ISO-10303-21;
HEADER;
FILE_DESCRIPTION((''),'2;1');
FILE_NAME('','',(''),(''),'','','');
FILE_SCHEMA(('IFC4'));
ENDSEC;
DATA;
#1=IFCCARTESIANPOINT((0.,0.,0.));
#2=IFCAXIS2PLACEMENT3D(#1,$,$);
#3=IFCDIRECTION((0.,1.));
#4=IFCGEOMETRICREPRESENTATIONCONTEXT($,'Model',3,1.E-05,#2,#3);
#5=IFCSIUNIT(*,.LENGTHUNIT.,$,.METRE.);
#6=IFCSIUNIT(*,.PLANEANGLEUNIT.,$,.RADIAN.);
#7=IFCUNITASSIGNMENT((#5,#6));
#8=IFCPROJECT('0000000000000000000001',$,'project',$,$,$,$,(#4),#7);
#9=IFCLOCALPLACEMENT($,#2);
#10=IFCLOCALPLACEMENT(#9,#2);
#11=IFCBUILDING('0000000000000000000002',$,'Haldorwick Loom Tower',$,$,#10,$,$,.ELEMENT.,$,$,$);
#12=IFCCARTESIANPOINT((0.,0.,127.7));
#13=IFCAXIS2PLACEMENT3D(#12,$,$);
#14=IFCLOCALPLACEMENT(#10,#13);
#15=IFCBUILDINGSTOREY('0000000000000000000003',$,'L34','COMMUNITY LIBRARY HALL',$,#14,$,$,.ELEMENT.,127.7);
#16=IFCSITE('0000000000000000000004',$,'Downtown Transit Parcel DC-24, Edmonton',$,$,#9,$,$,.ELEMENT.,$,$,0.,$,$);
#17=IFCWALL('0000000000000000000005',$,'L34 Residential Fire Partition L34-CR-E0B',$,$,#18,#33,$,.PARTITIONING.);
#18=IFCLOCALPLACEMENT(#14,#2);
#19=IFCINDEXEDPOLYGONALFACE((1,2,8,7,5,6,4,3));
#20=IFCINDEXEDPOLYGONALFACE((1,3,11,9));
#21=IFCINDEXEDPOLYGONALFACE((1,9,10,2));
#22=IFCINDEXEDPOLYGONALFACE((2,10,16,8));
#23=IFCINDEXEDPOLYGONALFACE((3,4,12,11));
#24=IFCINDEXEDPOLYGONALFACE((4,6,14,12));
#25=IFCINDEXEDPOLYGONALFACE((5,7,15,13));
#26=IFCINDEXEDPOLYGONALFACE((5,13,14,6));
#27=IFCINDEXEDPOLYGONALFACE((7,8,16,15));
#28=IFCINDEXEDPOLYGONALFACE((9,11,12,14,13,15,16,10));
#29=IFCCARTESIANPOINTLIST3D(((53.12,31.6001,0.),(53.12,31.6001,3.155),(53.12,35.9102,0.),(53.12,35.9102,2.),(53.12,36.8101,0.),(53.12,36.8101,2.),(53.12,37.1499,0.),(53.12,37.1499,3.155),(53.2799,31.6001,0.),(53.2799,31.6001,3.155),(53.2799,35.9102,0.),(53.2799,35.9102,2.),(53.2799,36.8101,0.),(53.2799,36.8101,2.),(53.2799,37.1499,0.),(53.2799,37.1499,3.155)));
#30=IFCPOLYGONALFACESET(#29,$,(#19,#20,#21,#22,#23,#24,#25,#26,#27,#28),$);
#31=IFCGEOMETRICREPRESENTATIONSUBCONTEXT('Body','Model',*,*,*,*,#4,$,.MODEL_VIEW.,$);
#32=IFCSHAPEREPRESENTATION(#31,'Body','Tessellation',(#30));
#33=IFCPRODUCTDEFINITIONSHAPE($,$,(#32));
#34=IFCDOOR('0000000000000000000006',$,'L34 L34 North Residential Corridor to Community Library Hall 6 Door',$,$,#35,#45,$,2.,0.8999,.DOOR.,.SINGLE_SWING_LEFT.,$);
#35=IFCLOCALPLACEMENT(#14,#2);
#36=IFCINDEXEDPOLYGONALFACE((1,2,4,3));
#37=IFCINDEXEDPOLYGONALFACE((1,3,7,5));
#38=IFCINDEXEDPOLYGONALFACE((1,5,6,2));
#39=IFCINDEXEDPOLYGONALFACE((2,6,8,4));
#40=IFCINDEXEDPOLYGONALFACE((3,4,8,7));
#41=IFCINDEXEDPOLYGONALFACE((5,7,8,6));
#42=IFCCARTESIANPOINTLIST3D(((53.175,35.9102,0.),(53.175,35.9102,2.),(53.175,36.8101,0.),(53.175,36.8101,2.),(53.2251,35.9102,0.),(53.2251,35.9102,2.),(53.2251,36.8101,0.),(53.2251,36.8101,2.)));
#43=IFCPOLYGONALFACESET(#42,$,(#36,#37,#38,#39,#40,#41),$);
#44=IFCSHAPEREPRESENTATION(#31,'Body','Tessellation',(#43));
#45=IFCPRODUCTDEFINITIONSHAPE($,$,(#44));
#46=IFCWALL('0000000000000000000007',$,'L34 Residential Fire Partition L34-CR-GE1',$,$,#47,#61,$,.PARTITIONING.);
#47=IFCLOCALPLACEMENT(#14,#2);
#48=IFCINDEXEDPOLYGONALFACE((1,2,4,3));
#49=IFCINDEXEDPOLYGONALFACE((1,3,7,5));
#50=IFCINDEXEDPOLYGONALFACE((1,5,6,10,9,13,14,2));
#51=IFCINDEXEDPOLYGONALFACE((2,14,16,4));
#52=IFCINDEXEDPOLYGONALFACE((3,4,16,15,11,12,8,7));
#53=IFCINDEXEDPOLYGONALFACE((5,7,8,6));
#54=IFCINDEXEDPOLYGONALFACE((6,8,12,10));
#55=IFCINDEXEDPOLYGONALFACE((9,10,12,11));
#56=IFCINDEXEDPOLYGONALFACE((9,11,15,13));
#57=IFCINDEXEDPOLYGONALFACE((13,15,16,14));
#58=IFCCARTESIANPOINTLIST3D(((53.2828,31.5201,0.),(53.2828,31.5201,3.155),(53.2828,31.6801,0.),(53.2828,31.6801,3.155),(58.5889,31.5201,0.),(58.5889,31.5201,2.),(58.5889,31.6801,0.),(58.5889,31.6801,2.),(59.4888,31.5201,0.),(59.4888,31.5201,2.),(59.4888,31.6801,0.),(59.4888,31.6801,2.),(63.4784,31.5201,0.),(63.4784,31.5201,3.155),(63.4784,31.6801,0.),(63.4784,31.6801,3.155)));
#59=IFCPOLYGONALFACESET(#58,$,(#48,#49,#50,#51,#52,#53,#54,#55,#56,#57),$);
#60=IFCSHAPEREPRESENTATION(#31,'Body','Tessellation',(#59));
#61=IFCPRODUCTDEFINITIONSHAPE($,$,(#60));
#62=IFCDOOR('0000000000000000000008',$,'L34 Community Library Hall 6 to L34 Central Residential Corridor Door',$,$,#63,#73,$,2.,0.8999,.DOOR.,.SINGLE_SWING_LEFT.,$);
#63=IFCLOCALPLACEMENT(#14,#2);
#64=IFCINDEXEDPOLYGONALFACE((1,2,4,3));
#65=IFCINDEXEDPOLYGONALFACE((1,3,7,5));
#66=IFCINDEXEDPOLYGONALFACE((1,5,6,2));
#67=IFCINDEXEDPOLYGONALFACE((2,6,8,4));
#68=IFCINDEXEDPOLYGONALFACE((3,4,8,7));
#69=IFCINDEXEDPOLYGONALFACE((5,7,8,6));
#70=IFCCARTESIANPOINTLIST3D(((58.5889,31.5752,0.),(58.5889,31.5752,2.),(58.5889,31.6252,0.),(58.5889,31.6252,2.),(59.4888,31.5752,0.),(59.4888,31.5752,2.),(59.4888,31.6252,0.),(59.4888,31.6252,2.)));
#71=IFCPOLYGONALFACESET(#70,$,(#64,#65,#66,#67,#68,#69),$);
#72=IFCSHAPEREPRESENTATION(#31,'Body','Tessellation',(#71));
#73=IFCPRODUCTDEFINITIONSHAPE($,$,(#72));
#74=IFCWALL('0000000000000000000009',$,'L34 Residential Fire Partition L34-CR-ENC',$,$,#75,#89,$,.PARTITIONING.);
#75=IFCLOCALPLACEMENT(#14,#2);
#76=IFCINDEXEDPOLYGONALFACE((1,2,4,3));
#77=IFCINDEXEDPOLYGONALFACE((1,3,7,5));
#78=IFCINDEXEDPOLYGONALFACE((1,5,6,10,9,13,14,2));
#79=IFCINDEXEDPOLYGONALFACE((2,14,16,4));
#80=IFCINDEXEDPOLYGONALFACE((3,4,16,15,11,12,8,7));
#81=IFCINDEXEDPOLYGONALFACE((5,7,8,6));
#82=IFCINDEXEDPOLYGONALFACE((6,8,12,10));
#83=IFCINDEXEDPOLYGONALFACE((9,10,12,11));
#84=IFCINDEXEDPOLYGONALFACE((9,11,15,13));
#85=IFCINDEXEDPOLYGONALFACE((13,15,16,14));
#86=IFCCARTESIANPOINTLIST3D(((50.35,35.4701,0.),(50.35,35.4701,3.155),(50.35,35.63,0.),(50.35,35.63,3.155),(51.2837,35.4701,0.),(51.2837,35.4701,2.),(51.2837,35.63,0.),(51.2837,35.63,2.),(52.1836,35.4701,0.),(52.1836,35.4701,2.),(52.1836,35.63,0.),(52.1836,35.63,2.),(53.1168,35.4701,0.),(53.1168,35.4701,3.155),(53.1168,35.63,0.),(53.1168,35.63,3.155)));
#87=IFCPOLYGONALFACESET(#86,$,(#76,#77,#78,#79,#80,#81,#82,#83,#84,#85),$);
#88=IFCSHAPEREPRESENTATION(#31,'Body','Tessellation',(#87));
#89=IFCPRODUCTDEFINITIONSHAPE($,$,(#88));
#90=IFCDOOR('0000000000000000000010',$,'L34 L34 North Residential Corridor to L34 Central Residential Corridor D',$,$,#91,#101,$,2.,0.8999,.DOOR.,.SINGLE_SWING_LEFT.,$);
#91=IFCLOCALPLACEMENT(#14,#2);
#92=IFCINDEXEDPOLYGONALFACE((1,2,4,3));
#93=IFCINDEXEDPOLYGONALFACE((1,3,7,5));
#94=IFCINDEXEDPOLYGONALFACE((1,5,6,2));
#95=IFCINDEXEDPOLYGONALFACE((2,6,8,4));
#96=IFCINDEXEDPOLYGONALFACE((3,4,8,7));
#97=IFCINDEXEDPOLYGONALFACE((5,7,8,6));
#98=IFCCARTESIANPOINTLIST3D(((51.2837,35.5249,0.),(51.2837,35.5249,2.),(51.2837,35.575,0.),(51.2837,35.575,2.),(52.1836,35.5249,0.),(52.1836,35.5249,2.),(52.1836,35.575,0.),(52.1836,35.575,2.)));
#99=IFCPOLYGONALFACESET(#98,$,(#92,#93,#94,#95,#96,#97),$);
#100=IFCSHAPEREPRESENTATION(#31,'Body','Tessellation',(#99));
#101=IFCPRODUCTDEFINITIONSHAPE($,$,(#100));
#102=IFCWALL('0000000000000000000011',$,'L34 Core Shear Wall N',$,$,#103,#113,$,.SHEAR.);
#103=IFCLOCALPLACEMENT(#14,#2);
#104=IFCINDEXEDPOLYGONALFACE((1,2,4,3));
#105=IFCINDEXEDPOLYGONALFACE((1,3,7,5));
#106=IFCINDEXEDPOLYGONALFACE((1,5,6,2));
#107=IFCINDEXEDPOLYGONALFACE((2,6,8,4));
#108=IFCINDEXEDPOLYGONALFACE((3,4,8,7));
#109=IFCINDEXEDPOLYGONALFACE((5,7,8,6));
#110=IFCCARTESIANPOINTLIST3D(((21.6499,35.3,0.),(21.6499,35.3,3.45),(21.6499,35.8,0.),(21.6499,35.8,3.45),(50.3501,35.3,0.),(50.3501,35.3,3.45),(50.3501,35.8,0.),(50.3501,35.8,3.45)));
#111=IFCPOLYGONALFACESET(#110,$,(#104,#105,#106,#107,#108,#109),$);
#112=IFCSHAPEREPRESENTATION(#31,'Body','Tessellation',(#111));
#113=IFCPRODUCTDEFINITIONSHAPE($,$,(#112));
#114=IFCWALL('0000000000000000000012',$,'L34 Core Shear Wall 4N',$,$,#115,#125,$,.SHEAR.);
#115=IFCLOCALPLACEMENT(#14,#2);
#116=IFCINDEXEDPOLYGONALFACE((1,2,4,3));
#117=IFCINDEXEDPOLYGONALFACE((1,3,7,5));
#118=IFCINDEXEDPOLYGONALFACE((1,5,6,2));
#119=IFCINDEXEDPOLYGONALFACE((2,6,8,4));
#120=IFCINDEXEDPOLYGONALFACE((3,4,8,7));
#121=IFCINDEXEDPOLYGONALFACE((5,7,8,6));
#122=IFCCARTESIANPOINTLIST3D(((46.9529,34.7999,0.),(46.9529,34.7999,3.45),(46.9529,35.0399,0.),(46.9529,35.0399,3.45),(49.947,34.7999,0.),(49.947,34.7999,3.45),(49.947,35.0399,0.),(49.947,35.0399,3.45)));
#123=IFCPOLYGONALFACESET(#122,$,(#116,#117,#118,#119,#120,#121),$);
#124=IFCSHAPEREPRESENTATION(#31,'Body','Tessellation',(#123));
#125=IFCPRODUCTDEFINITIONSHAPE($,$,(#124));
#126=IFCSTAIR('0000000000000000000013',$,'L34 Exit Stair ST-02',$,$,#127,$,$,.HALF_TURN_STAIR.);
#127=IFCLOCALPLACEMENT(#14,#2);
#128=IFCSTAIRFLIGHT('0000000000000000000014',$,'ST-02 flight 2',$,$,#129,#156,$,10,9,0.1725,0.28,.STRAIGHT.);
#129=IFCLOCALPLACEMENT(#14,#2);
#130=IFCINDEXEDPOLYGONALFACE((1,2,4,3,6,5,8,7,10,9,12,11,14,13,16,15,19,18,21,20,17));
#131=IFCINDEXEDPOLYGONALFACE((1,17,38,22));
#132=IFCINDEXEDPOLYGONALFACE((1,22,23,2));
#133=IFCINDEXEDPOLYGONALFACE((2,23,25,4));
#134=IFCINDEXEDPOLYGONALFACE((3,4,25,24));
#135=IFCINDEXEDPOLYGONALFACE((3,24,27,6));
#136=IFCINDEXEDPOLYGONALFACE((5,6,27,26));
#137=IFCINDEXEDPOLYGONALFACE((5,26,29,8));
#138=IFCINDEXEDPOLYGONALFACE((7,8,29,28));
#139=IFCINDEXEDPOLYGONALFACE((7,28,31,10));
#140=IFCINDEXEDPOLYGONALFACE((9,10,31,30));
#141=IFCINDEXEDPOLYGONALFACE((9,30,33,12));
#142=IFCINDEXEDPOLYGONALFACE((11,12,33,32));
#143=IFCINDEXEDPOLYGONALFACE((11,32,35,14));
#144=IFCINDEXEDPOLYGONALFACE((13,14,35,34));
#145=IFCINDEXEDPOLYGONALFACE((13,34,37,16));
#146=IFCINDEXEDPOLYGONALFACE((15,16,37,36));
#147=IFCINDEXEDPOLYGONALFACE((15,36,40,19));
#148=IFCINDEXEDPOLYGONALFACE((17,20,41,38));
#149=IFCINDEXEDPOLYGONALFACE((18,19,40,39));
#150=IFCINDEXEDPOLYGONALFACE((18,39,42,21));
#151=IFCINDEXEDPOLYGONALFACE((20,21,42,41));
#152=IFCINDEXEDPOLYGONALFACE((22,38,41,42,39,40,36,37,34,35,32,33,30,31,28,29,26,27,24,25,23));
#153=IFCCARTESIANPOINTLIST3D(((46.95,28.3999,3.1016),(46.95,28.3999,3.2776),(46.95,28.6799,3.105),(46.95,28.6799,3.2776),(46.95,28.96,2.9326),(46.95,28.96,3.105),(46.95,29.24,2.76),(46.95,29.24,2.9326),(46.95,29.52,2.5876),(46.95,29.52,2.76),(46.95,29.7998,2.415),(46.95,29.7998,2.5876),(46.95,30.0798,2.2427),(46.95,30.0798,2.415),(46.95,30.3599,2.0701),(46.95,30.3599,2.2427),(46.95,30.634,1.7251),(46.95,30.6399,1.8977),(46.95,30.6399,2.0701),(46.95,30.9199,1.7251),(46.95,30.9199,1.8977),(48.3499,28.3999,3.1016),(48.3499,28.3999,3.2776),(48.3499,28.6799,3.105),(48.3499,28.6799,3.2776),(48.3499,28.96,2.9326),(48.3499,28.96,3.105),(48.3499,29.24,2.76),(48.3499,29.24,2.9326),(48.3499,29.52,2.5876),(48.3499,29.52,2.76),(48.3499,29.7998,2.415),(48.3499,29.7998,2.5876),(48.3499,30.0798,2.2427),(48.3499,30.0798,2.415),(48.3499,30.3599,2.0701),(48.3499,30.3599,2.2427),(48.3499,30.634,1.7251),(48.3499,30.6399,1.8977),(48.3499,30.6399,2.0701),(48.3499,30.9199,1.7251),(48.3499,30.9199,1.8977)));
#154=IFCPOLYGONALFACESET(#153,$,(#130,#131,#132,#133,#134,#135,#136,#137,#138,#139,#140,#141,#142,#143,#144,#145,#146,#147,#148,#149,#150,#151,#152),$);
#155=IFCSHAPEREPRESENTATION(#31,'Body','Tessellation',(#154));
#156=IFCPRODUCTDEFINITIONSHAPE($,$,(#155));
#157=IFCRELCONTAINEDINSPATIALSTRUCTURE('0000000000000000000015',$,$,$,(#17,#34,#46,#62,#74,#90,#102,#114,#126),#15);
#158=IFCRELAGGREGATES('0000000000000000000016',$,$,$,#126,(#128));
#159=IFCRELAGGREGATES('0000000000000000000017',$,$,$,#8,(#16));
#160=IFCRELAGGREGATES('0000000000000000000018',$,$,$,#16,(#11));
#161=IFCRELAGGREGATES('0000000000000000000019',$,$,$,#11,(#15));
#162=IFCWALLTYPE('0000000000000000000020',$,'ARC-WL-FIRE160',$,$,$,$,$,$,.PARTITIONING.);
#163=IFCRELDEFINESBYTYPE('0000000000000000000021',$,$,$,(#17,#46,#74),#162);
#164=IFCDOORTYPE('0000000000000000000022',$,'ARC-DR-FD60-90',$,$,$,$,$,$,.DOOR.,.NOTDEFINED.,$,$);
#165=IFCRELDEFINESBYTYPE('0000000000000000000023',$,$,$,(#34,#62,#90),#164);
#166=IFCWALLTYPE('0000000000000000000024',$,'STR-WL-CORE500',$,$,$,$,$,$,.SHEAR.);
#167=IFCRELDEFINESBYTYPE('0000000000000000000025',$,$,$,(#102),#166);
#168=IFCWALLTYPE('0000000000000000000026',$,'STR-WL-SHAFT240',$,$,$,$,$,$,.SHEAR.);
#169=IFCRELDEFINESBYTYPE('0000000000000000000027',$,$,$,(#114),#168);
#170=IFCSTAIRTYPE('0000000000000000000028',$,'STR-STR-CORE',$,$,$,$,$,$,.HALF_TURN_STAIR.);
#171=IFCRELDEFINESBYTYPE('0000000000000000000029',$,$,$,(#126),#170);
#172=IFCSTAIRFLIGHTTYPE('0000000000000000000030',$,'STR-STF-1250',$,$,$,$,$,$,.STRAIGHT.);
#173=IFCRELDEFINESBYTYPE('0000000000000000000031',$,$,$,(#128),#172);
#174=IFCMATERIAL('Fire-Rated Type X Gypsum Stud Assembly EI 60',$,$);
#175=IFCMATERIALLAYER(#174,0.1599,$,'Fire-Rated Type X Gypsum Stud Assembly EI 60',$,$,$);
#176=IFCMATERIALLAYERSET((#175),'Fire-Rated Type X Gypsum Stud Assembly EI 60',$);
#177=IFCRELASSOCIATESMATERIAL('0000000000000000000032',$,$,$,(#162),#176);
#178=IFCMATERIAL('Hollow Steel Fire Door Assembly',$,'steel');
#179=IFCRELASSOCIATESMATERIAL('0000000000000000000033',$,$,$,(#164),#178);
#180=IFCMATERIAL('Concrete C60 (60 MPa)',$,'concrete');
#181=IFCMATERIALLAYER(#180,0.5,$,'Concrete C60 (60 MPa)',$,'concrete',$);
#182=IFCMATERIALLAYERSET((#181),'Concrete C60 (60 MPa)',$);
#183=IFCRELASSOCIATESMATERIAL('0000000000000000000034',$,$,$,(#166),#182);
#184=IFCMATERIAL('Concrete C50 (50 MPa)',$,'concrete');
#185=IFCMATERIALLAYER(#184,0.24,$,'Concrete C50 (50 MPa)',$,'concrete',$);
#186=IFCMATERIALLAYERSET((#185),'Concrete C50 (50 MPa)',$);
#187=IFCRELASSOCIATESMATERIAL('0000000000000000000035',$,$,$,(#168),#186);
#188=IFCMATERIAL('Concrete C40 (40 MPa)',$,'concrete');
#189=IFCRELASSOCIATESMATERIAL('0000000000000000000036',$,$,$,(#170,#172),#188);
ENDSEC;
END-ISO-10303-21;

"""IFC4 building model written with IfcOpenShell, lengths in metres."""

from ifc_helpers import new_model, si_unit, direction, frame, frame_2d, origin, place, context, subcontext, project, spatial, polyline, rectangle, outline, extrude, material, layer, layer_set, type_object, element, fill, aggregate, save


model = new_model("IFC4")

# Units and contexts
model_context = context("Model", 3, precision=1e-05, world=origin(), true_north=direction((0.0, 1.0)))
body_context = subcontext(model_context, "Body", "Model", "MODEL_VIEW")
ifc_project = project(units=[si_unit("LENGTHUNIT", "METRE"), si_unit("PLANEANGLEUNIT", "RADIAN")], contexts=[model_context])

# Site, building, storey
site_placement = place(None, origin())
site = spatial("IfcSite", under=ifc_project, at=site_placement, Name="Downtown Transit Parcel DC-24, Edmonton", CompositionType="ELEMENT", RefElevation=0.0)
building_placement = place(site_placement, origin())
building = spatial("IfcBuilding", under=site, at=building_placement, Name="Haldorwick Loom Tower", CompositionType="ELEMENT")
storey_placement = place(building_placement, frame((0.0, 0.0, 127.7)))
storey = spatial("IfcBuildingStorey", under=building, at=storey_placement, Name="L34", Description="COMMUNITY LIBRARY HALL", CompositionType="ELEMENT", Elevation=127.7)

# Shared definitions
ifc_material_1 = material(Name="Concrete C60 (60 MPa)", Category="concrete")

# Walls, openings, doors
ifc_material_2 = material(Name="Fire-Rated Type X Gypsum Stud Assembly EI 60")
ifc_layer_1 = layer(ifc_material_2, 0.1599, Name="Fire-Rated Type X Gypsum Stud Assembly EI 60")
ifc_layer_set_1 = layer_set([ifc_layer_1], Name="Fire-Rated Type X Gypsum Stud Assembly EI 60")
wall_type_1 = type_object("IfcWallType", Name="ARC-WL-FIRE160", PredefinedType="PARTITIONING", material=ifc_layer_set_1)
wall_1_placement = place(storey_placement, frame((53.2, 31.6001, 0.0), z_axis=(0.0, 0.0, 1.0), x_axis=(0.0, 1.0, 0.0)))
wall_1 = element("IfcWall", 1, at=wall_1_placement, inside=storey, type_object=wall_type_1, Name="L34 Residential Fire Partition L34-CR-E0B", PredefinedType="PARTITIONING", context=body_context, shape_type="SweptSolid", body=[
    extrude(rectangle(XDim=5.5498, YDim=0.1599, at=frame_2d((2.7749, 0.0))), origin(), (0.0, 0.0, 1.0), 3.155),
])
opening_1_placement = place(wall_1_placement, frame((4.3101, 0.0, 0.0)))
opening_1 = element("IfcOpeningElement", 2, at=opening_1_placement, cuts=wall_1, PredefinedType="OPENING", context=body_context, shape_type="SweptSolid", body=[
    extrude(rectangle(XDim=0.8999, YDim=2.0, at=frame_2d((0.45, 1.0))), frame((0.0, 0.0898, 0.0), z_axis=(0.0, -1.0, 0.0), x_axis=(1.0, 0.0, 0.0)), (0.0, 0.0, 1.0), 0.1799),
])
ifc_material_3 = material(Name="Hollow Steel Fire Door Assembly", Category="steel")
door_type = type_object("IfcDoorType", Name="ARC-DR-FD60-90", OperationType="NOTDEFINED", PredefinedType="DOOR", material=ifc_material_3)
door_1_placement = place(opening_1_placement, origin())
door_1 = element("IfcDoor", 3, at=door_1_placement, inside=storey, type_object=door_type, Name="L34 L34 North Residential Corridor to Community Library Hall 6 Door", OperationType="SINGLE_SWING_LEFT", OverallHeight=2.0, OverallWidth=0.8999, PredefinedType="DOOR", context=body_context, shape_type="SweptSolid", body=[
    extrude(rectangle(XDim=0.8999, YDim=2.0, at=frame_2d((0.45, 1.0))), frame((0.0, 0.0249, 0.0), z_axis=(0.0, -1.0, 0.0), x_axis=(1.0, 0.0, 0.0)), (0.0, 0.0, 1.0), 0.05),
])
fill(opening_1, door_1)
wall_2_placement = place(storey_placement, frame((53.283, 31.6001, 0.0), z_axis=(0.0, 0.0, 1.0), x_axis=(1.0, 0.0, 0.0)))
wall_2 = element("IfcWall", 4, at=wall_2_placement, inside=storey, type_object=wall_type_1, Name="L34 Residential Fire Partition L34-CR-GE1", PredefinedType="PARTITIONING", context=body_context, shape_type="SweptSolid", body=[
    extrude(rectangle(XDim=10.1956, YDim=0.1599, at=frame_2d((5.0977, 0.0))), origin(), (0.0, 0.0, 1.0), 3.155),
])
opening_2_placement = place(wall_2_placement, frame((5.3059, 0.0, 0.0)))
opening_2 = element("IfcOpeningElement", 5, at=opening_2_placement, cuts=wall_2, PredefinedType="OPENING", context=body_context, shape_type="SweptSolid", body=[
    extrude(rectangle(XDim=0.8999, YDim=2.0, at=frame_2d((0.45, 1.0))), frame((0.0, 0.0898, 0.0), z_axis=(0.0, -1.0, 0.0), x_axis=(1.0, 0.0, 0.0)), (0.0, 0.0, 1.0), 0.1799),
])
door_2_placement = place(opening_2_placement, frame((0.8999, 0.0, 0.0), z_axis=(0.0, 0.0, 1.0), x_axis=(-1.0, 0.0, 0.0)))
door_2 = element("IfcDoor", 6, at=door_2_placement, inside=storey, type_object=door_type, Name="L34 Community Library Hall 6 to L34 Central Residential Corridor Door", OperationType="SINGLE_SWING_LEFT", OverallHeight=2.0, OverallWidth=0.8999, PredefinedType="DOOR", context=body_context, shape_type="SweptSolid", body=[
    extrude(rectangle(XDim=0.8999, YDim=2.0, at=frame_2d((0.45, 1.0))), frame((0.0, 0.0249, 0.0), z_axis=(0.0, -1.0, 0.0), x_axis=(1.0, 0.0, 0.0)), (0.0, 0.0, 1.0), 0.05),
])
fill(opening_2, door_2)
wall_3_placement = place(storey_placement, frame((50.3501, 35.55, 0.0), z_axis=(0.0, 0.0, 1.0), x_axis=(1.0, 0.0, 0.0)))
wall_3 = element("IfcWall", 7, at=wall_3_placement, inside=storey, type_object=wall_type_1, Name="L34 Residential Fire Partition L34-CR-ENC", PredefinedType="PARTITIONING", context=body_context, shape_type="SweptSolid", body=[
    extrude(rectangle(XDim=2.7668, YDim=0.1599, at=frame_2d((1.3833, 0.0))), origin(), (0.0, 0.0, 1.0), 3.155),
])
opening_3_placement = place(wall_3_placement, frame((0.9336, 0.0, 0.0)))
opening_3 = element("IfcOpeningElement", 8, at=opening_3_placement, cuts=wall_3, PredefinedType="OPENING", context=body_context, shape_type="SweptSolid", body=[
    extrude(rectangle(XDim=0.8999, YDim=2.0, at=frame_2d((0.45, 1.0))), frame((0.0, 0.0898, 0.0), z_axis=(0.0, -1.0, 0.0), x_axis=(1.0, 0.0, 0.0)), (0.0, 0.0, 1.0), 0.1799),
])
door_3_placement = place(opening_3_placement, origin())
door_3 = element("IfcDoor", 9, at=door_3_placement, inside=storey, type_object=door_type, Name="L34 L34 North Residential Corridor to L34 Central Residential Corridor D", OperationType="SINGLE_SWING_LEFT", OverallHeight=2.0, OverallWidth=0.8999, PredefinedType="DOOR", context=body_context, shape_type="SweptSolid", body=[
    extrude(rectangle(XDim=0.8999, YDim=2.0, at=frame_2d((0.45, 1.0))), frame((0.0, 0.0249, 0.0), z_axis=(0.0, -1.0, 0.0), x_axis=(1.0, 0.0, 0.0)), (0.0, 0.0, 1.0), 0.05),
])
fill(opening_3, door_3)

# Walls
ifc_layer_2 = layer(ifc_material_1, 0.5, Name="Concrete C60 (60 MPa)", Category="concrete")
ifc_layer_set_2 = layer_set([ifc_layer_2], Name="Concrete C60 (60 MPa)")
wall_type_2 = type_object("IfcWallType", Name="STR-WL-CORE500", PredefinedType="SHEAR", material=ifc_layer_set_2)
wall_4_placement = place(storey_placement, frame((50.3501, 35.55, 0.0), z_axis=(0.0, 0.0, 1.0), x_axis=(-1.0, 0.0, 0.0)))
element("IfcWall", 10, at=wall_4_placement, inside=storey, type_object=wall_type_2, Name="L34 Core Shear Wall N", PredefinedType="SHEAR", context=body_context, shape_type="SweptSolid", body=[
    extrude(rectangle(XDim=28.7002, YDim=0.5, at=frame_2d((14.3501, 0.0))), origin(), (0.0, 0.0, 1.0), 3.45),
])
ifc_material_4 = material(Name="Concrete C50 (50 MPa)", Category="concrete")
ifc_layer_3 = layer(ifc_material_4, 0.24, Name="Concrete C50 (50 MPa)", Category="concrete")
ifc_layer_set_3 = layer_set([ifc_layer_3], Name="Concrete C50 (50 MPa)")
wall_type_3 = type_object("IfcWallType", Name="STR-WL-SHAFT240", PredefinedType="SHEAR", material=ifc_layer_set_3)
wall_5_placement = place(storey_placement, frame((46.9529, 34.9199, 0.0), z_axis=(0.0, 0.0, 1.0), x_axis=(1.0, 0.0, 0.0)))
element("IfcWall", 11, at=wall_5_placement, inside=storey, type_object=wall_type_3, Name="L34 Core Shear Wall 4N", PredefinedType="SHEAR", context=body_context, shape_type="SweptSolid", body=[
    extrude(rectangle(XDim=2.9941, YDim=0.24, at=frame_2d((1.4971, 0.0))), origin(), (0.0, 0.0, 1.0), 3.45),
])

# Stair, stair flight
ifc_material_5 = material(Name="Concrete C40 (40 MPa)", Category="concrete")
stair_type = type_object("IfcStairType", Name="STR-STR-CORE", PredefinedType="HALF_TURN_STAIR", material=ifc_material_5)
stair_placement = place(storey_placement, origin())
stair = element("IfcStair", 12, at=stair_placement, inside=storey, type_object=stair_type, Name="L34 Exit Stair ST-02", PredefinedType="HALF_TURN_STAIR")
stair_flight_type = type_object("IfcStairFlightType", Name="STR-STF-1250", PredefinedType="STRAIGHT", material=ifc_material_5)
stair_flight_placement = place(storey_placement, frame((47.6499, 30.9199, 1.7251), z_axis=(0.0, 0.0, 1.0), x_axis=(0.0, -1.0, 0.0)))
stair_flight = element("IfcStairFlight", 13, at=stair_flight_placement, type_object=stair_flight_type, Name="ST-02 flight 2", NumberOfRisers=10, NumberOfTreads=9, PredefinedType="STRAIGHT", RiserHeight=0.1725, TreadLength=0.28, context=body_context, shape_type="SweptSolid", body=[
    extrude(outline(polyline([(0.0, 0.0), (0.0, 0.1726), (0.28, 0.1726), (0.28, 0.345), (0.5601, 0.345), (0.5601, 0.5176), (0.8401, 0.5176), (0.8401, 0.6899), (1.1201, 0.6899), (1.1201, 0.8625), (1.3999, 0.8625), (1.3999, 1.0349), (1.6799, 1.0349), (1.6799, 1.2075), (1.96, 1.2075), (1.96, 1.3799), (2.24, 1.3799), (2.24, 1.5525), (2.52, 1.5525), (2.52, 1.7251), (2.52, 1.3765), (0.2859, 0.0), (0.0, 0.0)])), frame((0.0, 0.7, 0.0), z_axis=(0.0, -1.0, 0.0), x_axis=(1.0, 0.0, 0.0)), (0.0, 0.0, 1.0), 1.3999),
])
aggregate(stair, [stair_flight])

save(model, "model.ifc")
